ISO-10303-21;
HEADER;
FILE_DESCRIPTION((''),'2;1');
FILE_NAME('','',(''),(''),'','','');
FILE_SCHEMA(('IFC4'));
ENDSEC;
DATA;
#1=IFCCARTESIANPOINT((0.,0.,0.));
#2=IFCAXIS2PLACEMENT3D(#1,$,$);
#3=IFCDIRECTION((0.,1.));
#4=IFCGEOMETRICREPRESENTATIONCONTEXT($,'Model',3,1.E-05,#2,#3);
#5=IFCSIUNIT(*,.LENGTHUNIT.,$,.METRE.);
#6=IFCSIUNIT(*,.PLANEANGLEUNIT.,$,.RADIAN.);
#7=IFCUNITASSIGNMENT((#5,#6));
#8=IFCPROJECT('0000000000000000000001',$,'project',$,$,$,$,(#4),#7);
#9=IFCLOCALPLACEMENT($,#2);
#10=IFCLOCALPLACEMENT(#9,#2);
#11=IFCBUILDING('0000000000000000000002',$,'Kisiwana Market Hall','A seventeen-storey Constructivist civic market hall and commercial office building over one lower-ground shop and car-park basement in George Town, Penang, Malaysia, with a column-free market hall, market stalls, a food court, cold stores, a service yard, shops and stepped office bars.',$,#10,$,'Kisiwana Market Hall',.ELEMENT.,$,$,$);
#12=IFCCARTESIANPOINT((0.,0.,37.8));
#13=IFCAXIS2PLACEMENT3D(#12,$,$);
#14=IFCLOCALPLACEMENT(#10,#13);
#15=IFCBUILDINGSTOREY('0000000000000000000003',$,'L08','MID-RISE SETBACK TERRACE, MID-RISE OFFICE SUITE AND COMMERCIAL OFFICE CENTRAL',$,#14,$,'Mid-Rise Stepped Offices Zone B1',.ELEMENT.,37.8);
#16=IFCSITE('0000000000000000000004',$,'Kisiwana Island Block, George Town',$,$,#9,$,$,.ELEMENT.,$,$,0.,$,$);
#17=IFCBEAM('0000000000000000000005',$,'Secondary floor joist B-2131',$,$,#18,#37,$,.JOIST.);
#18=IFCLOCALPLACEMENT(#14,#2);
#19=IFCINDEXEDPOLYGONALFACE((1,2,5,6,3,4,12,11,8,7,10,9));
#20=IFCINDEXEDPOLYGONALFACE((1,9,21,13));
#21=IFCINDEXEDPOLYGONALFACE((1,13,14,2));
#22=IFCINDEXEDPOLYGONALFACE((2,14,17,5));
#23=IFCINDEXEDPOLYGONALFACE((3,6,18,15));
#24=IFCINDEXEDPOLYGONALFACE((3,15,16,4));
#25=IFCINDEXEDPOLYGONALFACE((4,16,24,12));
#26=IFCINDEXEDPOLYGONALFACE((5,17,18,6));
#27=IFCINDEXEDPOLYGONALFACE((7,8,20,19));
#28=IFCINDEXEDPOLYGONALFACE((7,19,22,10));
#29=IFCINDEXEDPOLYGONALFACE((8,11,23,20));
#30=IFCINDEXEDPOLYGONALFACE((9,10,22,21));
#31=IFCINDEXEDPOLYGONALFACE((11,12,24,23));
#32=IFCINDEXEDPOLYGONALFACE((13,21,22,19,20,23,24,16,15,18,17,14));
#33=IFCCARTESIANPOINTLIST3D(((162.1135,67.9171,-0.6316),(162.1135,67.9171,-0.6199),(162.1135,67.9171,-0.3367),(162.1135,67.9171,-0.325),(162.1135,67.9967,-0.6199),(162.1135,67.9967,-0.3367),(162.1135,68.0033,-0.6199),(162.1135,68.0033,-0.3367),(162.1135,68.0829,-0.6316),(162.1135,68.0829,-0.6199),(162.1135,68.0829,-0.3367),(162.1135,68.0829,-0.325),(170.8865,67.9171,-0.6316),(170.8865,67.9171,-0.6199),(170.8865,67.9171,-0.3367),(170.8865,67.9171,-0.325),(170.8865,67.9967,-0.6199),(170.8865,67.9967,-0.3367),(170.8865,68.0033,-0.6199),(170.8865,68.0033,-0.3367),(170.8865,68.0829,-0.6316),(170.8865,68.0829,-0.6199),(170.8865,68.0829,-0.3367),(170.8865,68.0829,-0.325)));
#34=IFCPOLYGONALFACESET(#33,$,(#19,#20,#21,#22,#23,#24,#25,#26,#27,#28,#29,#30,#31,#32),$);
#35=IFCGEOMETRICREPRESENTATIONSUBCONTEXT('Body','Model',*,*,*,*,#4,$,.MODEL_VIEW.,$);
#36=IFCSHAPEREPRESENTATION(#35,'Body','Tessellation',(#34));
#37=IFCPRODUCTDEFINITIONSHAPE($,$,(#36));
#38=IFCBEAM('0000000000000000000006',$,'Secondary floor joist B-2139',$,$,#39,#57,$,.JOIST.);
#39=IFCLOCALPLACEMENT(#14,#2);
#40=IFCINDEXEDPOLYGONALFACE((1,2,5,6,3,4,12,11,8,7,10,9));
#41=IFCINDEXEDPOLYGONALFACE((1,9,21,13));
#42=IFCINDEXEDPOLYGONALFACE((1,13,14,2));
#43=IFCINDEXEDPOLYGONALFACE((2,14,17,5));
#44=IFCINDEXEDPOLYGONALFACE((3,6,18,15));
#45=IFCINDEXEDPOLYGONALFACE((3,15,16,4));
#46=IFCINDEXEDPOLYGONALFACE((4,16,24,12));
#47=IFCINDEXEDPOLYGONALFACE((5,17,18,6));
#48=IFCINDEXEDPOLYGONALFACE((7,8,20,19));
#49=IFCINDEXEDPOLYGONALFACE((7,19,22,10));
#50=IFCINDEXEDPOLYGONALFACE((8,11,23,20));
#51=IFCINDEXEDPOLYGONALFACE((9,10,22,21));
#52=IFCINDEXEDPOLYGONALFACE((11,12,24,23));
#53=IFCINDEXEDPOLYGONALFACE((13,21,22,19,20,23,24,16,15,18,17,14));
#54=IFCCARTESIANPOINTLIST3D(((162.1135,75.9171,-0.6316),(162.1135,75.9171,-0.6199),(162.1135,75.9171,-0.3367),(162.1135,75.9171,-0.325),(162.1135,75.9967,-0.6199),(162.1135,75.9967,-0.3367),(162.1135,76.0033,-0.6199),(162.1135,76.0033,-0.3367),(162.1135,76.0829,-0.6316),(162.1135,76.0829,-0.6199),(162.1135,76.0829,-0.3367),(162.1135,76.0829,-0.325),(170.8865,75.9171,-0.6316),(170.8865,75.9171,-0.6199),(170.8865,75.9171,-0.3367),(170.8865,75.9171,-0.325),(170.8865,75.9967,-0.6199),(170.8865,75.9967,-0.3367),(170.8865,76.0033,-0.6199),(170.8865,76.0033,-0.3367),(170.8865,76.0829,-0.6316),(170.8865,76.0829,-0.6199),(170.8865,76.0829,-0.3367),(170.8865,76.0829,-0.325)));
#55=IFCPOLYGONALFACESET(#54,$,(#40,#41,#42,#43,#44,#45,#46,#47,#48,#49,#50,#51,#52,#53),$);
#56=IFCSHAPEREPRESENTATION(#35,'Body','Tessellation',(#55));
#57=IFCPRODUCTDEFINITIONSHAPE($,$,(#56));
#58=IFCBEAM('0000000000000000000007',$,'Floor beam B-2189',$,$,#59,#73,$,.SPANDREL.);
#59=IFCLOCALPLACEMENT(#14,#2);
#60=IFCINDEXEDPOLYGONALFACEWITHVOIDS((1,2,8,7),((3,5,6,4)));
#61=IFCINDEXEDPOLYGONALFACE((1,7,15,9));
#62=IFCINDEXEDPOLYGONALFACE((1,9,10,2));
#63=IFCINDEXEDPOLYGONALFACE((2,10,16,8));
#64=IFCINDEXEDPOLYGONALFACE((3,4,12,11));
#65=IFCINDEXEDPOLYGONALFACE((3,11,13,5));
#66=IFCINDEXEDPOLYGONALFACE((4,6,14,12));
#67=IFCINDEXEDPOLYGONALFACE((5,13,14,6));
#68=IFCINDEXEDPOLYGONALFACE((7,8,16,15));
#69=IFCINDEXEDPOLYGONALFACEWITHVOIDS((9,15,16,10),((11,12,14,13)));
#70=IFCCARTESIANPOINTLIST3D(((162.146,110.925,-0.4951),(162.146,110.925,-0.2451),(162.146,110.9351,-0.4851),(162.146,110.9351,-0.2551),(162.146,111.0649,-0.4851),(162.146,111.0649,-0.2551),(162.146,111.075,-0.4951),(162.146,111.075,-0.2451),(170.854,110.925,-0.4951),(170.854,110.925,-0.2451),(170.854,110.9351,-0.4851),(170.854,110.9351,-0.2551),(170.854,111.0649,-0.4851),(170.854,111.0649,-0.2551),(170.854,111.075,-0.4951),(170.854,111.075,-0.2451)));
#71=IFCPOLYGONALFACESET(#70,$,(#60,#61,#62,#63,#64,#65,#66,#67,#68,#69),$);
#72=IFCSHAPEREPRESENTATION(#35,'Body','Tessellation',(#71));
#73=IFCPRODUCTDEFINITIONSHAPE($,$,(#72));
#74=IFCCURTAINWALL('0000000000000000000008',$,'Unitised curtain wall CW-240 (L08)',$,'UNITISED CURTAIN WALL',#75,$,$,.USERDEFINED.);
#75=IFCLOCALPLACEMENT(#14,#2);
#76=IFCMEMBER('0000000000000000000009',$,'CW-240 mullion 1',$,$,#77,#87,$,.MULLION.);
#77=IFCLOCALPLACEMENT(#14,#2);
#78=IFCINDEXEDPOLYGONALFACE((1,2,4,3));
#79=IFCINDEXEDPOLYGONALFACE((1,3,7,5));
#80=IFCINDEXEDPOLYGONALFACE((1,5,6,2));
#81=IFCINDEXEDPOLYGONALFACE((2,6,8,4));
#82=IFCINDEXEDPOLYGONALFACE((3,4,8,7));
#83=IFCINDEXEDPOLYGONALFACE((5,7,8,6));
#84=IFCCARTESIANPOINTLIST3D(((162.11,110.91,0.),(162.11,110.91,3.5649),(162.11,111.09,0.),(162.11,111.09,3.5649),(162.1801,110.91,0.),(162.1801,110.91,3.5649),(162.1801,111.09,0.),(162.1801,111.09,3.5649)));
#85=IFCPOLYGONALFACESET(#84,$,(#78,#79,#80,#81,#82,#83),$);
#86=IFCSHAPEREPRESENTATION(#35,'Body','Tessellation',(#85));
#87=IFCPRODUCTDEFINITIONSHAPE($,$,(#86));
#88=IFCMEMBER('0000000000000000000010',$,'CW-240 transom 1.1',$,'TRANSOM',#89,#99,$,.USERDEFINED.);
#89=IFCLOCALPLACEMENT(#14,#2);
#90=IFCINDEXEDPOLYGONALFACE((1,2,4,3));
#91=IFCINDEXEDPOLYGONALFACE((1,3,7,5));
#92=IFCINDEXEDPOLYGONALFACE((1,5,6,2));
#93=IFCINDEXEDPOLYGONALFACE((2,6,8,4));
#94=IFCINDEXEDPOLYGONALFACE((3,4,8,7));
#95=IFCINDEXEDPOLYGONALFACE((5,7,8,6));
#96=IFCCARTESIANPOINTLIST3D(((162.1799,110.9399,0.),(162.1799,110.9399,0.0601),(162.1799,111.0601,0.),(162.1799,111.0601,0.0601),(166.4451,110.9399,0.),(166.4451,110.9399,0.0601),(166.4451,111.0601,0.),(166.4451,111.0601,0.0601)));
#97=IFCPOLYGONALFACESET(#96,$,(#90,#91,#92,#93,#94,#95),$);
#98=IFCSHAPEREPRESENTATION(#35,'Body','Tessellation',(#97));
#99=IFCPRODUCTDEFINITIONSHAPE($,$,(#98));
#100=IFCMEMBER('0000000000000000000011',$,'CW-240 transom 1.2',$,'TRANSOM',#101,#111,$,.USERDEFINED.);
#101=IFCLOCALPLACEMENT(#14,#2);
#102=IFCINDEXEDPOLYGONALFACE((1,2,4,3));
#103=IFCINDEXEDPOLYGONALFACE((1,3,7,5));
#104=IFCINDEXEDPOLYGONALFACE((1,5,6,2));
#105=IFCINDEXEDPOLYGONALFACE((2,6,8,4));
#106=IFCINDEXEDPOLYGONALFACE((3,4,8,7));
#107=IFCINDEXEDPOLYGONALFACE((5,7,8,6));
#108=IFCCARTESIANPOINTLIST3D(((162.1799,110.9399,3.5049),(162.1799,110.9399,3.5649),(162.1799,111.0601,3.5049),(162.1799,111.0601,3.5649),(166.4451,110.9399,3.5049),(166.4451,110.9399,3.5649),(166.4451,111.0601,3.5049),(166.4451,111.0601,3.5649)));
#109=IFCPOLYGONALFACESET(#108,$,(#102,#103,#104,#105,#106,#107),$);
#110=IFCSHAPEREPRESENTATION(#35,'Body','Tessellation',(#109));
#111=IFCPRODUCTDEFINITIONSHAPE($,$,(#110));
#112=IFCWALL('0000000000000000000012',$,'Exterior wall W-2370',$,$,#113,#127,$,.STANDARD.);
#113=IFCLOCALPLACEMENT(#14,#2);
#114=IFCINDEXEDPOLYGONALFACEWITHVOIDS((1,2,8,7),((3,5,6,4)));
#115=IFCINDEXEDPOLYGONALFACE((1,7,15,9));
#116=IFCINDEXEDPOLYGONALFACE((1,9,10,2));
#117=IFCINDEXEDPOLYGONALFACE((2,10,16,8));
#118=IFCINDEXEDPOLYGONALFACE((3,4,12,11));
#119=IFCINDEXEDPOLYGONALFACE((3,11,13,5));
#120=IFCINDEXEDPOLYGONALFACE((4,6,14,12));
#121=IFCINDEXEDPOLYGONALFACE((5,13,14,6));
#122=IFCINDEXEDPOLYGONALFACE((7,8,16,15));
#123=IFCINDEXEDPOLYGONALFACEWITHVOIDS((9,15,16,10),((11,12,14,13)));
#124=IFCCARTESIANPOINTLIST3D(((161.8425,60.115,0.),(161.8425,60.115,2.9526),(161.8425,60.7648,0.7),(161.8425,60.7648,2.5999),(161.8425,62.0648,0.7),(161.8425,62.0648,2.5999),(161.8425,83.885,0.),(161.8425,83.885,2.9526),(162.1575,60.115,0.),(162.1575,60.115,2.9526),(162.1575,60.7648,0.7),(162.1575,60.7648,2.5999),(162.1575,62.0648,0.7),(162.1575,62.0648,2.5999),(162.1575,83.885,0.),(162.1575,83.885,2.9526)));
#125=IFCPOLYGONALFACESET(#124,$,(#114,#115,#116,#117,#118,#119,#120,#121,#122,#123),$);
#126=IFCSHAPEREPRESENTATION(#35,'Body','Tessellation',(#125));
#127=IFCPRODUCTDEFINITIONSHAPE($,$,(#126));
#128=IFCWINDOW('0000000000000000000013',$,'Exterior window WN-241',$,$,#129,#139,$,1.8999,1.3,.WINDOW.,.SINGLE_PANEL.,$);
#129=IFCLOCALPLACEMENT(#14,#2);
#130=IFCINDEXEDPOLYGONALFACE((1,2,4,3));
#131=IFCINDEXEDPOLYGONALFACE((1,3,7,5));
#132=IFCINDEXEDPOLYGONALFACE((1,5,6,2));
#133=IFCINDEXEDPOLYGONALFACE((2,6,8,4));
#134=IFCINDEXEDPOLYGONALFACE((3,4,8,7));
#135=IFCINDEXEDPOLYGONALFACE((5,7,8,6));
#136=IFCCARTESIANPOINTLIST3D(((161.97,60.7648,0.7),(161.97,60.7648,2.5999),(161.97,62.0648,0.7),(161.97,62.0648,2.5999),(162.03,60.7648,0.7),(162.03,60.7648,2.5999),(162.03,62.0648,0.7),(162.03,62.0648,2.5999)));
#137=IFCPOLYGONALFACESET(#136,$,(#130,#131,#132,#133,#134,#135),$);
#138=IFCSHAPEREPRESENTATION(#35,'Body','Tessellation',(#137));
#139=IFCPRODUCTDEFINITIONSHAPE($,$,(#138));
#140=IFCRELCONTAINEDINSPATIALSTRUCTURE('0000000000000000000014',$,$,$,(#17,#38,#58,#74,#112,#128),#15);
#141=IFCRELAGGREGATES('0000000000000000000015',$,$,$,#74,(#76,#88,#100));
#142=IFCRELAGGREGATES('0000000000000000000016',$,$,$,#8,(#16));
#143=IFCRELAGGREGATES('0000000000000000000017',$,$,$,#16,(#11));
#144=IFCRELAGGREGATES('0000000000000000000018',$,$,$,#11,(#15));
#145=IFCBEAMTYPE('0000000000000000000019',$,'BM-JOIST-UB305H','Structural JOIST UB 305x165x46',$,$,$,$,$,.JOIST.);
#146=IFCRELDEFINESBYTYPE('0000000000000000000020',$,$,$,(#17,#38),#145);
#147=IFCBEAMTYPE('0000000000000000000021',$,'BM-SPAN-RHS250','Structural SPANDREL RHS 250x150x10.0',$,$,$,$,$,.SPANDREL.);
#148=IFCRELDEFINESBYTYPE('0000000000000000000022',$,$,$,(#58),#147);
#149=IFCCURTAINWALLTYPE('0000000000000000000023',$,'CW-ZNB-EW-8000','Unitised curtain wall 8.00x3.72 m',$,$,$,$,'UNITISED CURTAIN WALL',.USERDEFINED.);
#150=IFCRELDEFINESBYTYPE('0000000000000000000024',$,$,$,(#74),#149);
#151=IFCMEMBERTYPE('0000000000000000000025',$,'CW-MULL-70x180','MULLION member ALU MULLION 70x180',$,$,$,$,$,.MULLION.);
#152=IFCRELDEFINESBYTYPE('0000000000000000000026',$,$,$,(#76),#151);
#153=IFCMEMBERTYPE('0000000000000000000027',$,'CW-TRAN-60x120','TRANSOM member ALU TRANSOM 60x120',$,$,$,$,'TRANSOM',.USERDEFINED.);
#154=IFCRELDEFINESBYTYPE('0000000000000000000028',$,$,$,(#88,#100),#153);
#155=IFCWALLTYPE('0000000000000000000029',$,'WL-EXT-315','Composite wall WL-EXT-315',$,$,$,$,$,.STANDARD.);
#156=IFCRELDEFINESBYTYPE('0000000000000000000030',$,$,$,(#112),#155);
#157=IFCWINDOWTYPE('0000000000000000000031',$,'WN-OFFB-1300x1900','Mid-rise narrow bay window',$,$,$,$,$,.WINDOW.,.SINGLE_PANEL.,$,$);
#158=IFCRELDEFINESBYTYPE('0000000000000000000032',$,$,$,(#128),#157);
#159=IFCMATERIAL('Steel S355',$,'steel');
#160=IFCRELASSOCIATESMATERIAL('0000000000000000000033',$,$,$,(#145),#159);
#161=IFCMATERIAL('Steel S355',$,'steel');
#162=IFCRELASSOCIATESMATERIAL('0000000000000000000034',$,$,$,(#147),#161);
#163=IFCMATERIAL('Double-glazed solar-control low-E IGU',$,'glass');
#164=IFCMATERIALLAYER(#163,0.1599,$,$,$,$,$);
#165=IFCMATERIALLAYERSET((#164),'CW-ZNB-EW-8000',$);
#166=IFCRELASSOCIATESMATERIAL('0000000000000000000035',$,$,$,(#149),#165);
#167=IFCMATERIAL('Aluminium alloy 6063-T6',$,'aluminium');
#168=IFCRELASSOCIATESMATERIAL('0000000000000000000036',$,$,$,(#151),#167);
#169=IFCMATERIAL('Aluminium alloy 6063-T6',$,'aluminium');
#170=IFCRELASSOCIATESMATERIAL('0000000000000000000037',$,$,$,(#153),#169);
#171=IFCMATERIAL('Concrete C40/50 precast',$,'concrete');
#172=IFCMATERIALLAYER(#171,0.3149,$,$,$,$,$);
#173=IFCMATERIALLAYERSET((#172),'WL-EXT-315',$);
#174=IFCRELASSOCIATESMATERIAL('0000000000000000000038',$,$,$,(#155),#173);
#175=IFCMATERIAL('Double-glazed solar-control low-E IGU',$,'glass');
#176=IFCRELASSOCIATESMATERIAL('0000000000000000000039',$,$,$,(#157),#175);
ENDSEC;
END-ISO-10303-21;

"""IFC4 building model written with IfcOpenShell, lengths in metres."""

from ifc_helpers import new_model, si_unit, direction, frame, frame_2d, origin, origin_2d, place, context, subcontext, project, spatial, rectangle, hollow_rectangle, i_section, extrude, material, layer, layer_set, material_profile, profile_set, type_object, element, fill, aggregate, save


model = new_model("IFC4")

# Units and contexts
model_context = context("Model", 3, precision=1e-05, world=origin(), true_north=direction((0.0, 1.0)))
body_context = subcontext(model_context, "Body", "Model", "MODEL_VIEW")
ifc_project = project(units=[si_unit("LENGTHUNIT", "METRE"), si_unit("PLANEANGLEUNIT", "RADIAN")], contexts=[model_context])

# Site, building, storey
site_placement = place(None, origin())
site = spatial("IfcSite", under=ifc_project, at=site_placement, Name="Kisiwana Island Block, George Town", CompositionType="ELEMENT", RefElevation=0.0)
building_placement = place(site_placement, origin())
building = spatial("IfcBuilding", under=site, at=building_placement, Name="Kisiwana Market Hall", Description="A seventeen-storey Constructivist civic market hall and commercial office building over one lower-ground shop and car-park basement in George Town, Penang, Malaysia, with a column-free market hall, market stalls, a food court, cold stores, a service yard, shops and stepped office bars.", LongName="Kisiwana Market Hall", CompositionType="ELEMENT")
storey_placement = place(building_placement, frame((0.0, 0.0, 37.8)))
storey = spatial("IfcBuildingStorey", under=building, at=storey_placement, Name="L08", Description="MID-RISE SETBACK TERRACE, MID-RISE OFFICE SUITE AND COMMERCIAL OFFICE CENTRAL", LongName="Mid-Rise Stepped Offices Zone B1", CompositionType="ELEMENT", Elevation=37.8)

# Beams
ifc_material_1 = material(Name="Steel S355", Category="steel")
ifc_material_profile_1 = material_profile(ifc_material_1, i_section(OverallWidth=0.1658, OverallDepth=0.3066, WebThickness=0.0066, FlangeThickness=0.0117, at=origin_2d()), Name="UB 305x165x46")
ifc_profile_set_1 = profile_set([ifc_material_profile_1], Name="Steel S355")
beam_type_1 = type_object("IfcBeamType", Name="BM-JOIST-UB305H", Description="Structural JOIST UB 305x165x46", PredefinedType="JOIST", material=ifc_profile_set_1)
for number, where, z_axis, x_axis, name in (
    (1, (162.1135, 68.0, -0.4783), (1.0, 0.0, 0.0), (0.0, 1.0, 0.0), "Secondary floor joist B-2131"),
    (2, (162.1135, 76.0, -0.4783), (1.0, 0.0, 0.0), (0.0, 1.0, 0.0), "Secondary floor joist B-2139"),
):
    element("IfcBeam", number, at=place(storey_placement, frame(where, z_axis=z_axis, x_axis=x_axis)), inside=storey, type_object=beam_type_1, Name=name, PredefinedType="JOIST", context=body_context, shape_type="SweptSolid", body=[
        extrude(i_section(OverallWidth=0.1658, OverallDepth=0.3066, WebThickness=0.0066, FlangeThickness=0.0117, at=origin_2d()), origin(), (0.0, 0.0, 1.0), 8.7729),
    ])
ifc_material_2 = material(Name="Steel S355", Category="steel")
ifc_material_profile_2 = material_profile(ifc_material_2, hollow_rectangle(XDim=0.1499, YDim=0.25, WallThickness=0.01, at=origin_2d()), Name="RHS 250x150x10.0")
ifc_profile_set_2 = profile_set([ifc_material_profile_2], Name="Steel S355")
beam_type_2 = type_object("IfcBeamType", Name="BM-SPAN-RHS250", Description="Structural SPANDREL RHS 250x150x10.0", PredefinedType="SPANDREL", material=ifc_profile_set_2)
beam_1_placement = place(storey_placement, frame((162.146, 111.0, -0.3701), z_axis=(1.0, 0.0, 0.0), x_axis=(0.0, 1.0, 0.0)))
element("IfcBeam", 3, at=beam_1_placement, inside=storey, type_object=beam_type_2, Name="Floor beam B-2189", PredefinedType="SPANDREL", context=body_context, shape_type="SweptSolid", body=[
    extrude(hollow_rectangle(XDim=0.1499, YDim=0.25, WallThickness=0.01, at=origin_2d()), origin(), (0.0, 0.0, 1.0), 8.708),
])

# Curtain wall, members
ifc_material_3 = material(Name="Double-glazed solar-control low-E IGU", Category="glass")
ifc_layer_1 = layer(ifc_material_3, 0.1599)
ifc_layer_set_1 = layer_set([ifc_layer_1], Name="CW-ZNB-EW-8000")
curtain_wall_type = type_object("IfcCurtainWallType", Name="CW-ZNB-EW-8000", Description="Unitised curtain wall 8.00x3.72 m", ElementType="UNITISED CURTAIN WALL", PredefinedType="USERDEFINED", material=ifc_layer_set_1)
curtain_wall_placement = place(storey_placement, origin())
curtain_wall = element("IfcCurtainWall", 4, at=curtain_wall_placement, inside=storey, type_object=curtain_wall_type, Name="Unitised curtain wall CW-240 (L08)", ObjectType="UNITISED CURTAIN WALL", PredefinedType="USERDEFINED")
ifc_material_4 = material(Name="Aluminium alloy 6063-T6", Category="aluminium")
ifc_material_profile_3 = material_profile(ifc_material_4, rectangle(XDim=0.0701, YDim=0.1799, at=origin_2d()), Name="ALU MULLION 70x180")
ifc_profile_set_3 = profile_set([ifc_material_profile_3], Name="Aluminium alloy 6063-T6")
member_type_1 = type_object("IfcMemberType", Name="CW-MULL-70x180", Description="MULLION member ALU MULLION 70x180", PredefinedType="MULLION", material=ifc_profile_set_3)
member_1_placement = place(storey_placement, frame((162.145, 111.0, 0.0), z_axis=(0.0, 0.0, 1.0), x_axis=(1.0, 0.0, 0.0)))
member_1 = element("IfcMember", 5, at=member_1_placement, type_object=member_type_1, Name="CW-240 mullion 1", PredefinedType="MULLION", context=body_context, shape_type="SweptSolid", body=[
    extrude(rectangle(XDim=0.0701, YDim=0.1799, at=origin_2d()), origin(), (0.0, 0.0, 1.0), 3.5649),
])
ifc_material_5 = material(Name="Aluminium alloy 6063-T6", Category="aluminium")
ifc_material_profile_4 = material_profile(ifc_material_5, rectangle(XDim=0.1201, YDim=0.0601, at=origin_2d()), Name="ALU TRANSOM 60x120")
ifc_profile_set_4 = profile_set([ifc_material_profile_4], Name="Aluminium alloy 6063-T6")
member_type_2 = type_object("IfcMemberType", Name="CW-TRAN-60x120", Description="TRANSOM member ALU TRANSOM 60x120", ElementType="TRANSOM", PredefinedType="USERDEFINED", material=ifc_profile_set_4)
member_2_placement = place(storey_placement, frame((162.1799, 111.0, 0.03), z_axis=(1.0, 0.0, 0.0), x_axis=(0.0, 1.0, 0.0)))
member_2 = element("IfcMember", 6, at=member_2_placement, type_object=member_type_2, Name="CW-240 transom 1.1", ObjectType="TRANSOM", PredefinedType="USERDEFINED", context=body_context, shape_type="SweptSolid", body=[
    extrude(rectangle(XDim=0.1201, YDim=0.0601, at=origin_2d()), origin(), (0.0, 0.0, 1.0), 4.2651),
])
member_3_placement = place(storey_placement, frame((162.1799, 111.0, 3.5349), z_axis=(1.0, 0.0, 0.0), x_axis=(0.0, 1.0, 0.0)))
member_3 = element("IfcMember", 7, at=member_3_placement, type_object=member_type_2, Name="CW-240 transom 1.2", ObjectType="TRANSOM", PredefinedType="USERDEFINED", context=body_context, shape_type="SweptSolid", body=[
    extrude(rectangle(XDim=0.1201, YDim=0.0601, at=origin_2d()), origin(), (0.0, 0.0, 1.0), 4.2651),
])
aggregate(curtain_wall, [member_1, member_2, member_3])

# Wall, opening, window
ifc_material_6 = material(Name="Concrete C40/50 precast", Category="concrete")
ifc_layer_2 = layer(ifc_material_6, 0.3149)
ifc_layer_set_2 = layer_set([ifc_layer_2], Name="WL-EXT-315")
wall_type_1 = type_object("IfcWallType", Name="WL-EXT-315", Description="Composite wall WL-EXT-315", PredefinedType="STANDARD", material=ifc_layer_set_2)
wall_1_placement = place(storey_placement, frame((162.0, 60.115, 0.0), z_axis=(0.0, 0.0, 1.0), x_axis=(0.0, 1.0, 0.0)))
wall_1 = element("IfcWall", 8, at=wall_1_placement, inside=storey, type_object=wall_type_1, Name="Exterior wall W-2370", PredefinedType="STANDARD", context=body_context, shape_type="SweptSolid", body=[
    extrude(rectangle(XDim=23.77, YDim=0.3149, at=frame_2d((11.885, 0.0))), origin(), (0.0, 0.0, 1.0), 2.9526),
])
opening_1_placement = place(wall_1_placement, frame((0.6499, 0.0, 0.7)))
opening_1 = element("IfcOpeningElement", 9, at=opening_1_placement, cuts=wall_1, PredefinedType="OPENING", context=body_context, shape_type="SweptSolid", body=[
    extrude(rectangle(XDim=1.3, YDim=1.8999, at=frame_2d((0.6499, 0.95))), frame((0.0, 0.1694, 0.0), z_axis=(0.0, -1.0, 0.0), x_axis=(1.0, 0.0, 0.0)), (0.0, 0.0, 1.0), 0.3389),
])
ifc_material_7 = material(Name="Double-glazed solar-control low-E IGU", Category="glass")
window_type_1 = type_object("IfcWindowType", Name="WN-OFFB-1300x1900", Description="Mid-rise narrow bay window", PartitioningType="SINGLE_PANEL", PredefinedType="WINDOW", material=ifc_material_7)
window_1_placement = place(opening_1_placement, origin())
window_1 = element("IfcWindow", 10, at=window_1_placement, inside=storey, type_object=window_type_1, Name="Exterior window WN-241", OverallHeight=1.8999, OverallWidth=1.3, PartitioningType="SINGLE_PANEL", PredefinedType="WINDOW", context=body_context, shape_type="SweptSolid", body=[
    extrude(rectangle(XDim=1.3, YDim=1.8999, at=frame_2d((0.6499, 0.95))), frame((0.0, 0.03, 0.0), z_axis=(0.0, -1.0, 0.0), x_axis=(1.0, 0.0, 0.0)), (0.0, 0.0, 1.0), 0.0601),
])
fill(opening_1, window_1)

save(model, "model.ifc")
